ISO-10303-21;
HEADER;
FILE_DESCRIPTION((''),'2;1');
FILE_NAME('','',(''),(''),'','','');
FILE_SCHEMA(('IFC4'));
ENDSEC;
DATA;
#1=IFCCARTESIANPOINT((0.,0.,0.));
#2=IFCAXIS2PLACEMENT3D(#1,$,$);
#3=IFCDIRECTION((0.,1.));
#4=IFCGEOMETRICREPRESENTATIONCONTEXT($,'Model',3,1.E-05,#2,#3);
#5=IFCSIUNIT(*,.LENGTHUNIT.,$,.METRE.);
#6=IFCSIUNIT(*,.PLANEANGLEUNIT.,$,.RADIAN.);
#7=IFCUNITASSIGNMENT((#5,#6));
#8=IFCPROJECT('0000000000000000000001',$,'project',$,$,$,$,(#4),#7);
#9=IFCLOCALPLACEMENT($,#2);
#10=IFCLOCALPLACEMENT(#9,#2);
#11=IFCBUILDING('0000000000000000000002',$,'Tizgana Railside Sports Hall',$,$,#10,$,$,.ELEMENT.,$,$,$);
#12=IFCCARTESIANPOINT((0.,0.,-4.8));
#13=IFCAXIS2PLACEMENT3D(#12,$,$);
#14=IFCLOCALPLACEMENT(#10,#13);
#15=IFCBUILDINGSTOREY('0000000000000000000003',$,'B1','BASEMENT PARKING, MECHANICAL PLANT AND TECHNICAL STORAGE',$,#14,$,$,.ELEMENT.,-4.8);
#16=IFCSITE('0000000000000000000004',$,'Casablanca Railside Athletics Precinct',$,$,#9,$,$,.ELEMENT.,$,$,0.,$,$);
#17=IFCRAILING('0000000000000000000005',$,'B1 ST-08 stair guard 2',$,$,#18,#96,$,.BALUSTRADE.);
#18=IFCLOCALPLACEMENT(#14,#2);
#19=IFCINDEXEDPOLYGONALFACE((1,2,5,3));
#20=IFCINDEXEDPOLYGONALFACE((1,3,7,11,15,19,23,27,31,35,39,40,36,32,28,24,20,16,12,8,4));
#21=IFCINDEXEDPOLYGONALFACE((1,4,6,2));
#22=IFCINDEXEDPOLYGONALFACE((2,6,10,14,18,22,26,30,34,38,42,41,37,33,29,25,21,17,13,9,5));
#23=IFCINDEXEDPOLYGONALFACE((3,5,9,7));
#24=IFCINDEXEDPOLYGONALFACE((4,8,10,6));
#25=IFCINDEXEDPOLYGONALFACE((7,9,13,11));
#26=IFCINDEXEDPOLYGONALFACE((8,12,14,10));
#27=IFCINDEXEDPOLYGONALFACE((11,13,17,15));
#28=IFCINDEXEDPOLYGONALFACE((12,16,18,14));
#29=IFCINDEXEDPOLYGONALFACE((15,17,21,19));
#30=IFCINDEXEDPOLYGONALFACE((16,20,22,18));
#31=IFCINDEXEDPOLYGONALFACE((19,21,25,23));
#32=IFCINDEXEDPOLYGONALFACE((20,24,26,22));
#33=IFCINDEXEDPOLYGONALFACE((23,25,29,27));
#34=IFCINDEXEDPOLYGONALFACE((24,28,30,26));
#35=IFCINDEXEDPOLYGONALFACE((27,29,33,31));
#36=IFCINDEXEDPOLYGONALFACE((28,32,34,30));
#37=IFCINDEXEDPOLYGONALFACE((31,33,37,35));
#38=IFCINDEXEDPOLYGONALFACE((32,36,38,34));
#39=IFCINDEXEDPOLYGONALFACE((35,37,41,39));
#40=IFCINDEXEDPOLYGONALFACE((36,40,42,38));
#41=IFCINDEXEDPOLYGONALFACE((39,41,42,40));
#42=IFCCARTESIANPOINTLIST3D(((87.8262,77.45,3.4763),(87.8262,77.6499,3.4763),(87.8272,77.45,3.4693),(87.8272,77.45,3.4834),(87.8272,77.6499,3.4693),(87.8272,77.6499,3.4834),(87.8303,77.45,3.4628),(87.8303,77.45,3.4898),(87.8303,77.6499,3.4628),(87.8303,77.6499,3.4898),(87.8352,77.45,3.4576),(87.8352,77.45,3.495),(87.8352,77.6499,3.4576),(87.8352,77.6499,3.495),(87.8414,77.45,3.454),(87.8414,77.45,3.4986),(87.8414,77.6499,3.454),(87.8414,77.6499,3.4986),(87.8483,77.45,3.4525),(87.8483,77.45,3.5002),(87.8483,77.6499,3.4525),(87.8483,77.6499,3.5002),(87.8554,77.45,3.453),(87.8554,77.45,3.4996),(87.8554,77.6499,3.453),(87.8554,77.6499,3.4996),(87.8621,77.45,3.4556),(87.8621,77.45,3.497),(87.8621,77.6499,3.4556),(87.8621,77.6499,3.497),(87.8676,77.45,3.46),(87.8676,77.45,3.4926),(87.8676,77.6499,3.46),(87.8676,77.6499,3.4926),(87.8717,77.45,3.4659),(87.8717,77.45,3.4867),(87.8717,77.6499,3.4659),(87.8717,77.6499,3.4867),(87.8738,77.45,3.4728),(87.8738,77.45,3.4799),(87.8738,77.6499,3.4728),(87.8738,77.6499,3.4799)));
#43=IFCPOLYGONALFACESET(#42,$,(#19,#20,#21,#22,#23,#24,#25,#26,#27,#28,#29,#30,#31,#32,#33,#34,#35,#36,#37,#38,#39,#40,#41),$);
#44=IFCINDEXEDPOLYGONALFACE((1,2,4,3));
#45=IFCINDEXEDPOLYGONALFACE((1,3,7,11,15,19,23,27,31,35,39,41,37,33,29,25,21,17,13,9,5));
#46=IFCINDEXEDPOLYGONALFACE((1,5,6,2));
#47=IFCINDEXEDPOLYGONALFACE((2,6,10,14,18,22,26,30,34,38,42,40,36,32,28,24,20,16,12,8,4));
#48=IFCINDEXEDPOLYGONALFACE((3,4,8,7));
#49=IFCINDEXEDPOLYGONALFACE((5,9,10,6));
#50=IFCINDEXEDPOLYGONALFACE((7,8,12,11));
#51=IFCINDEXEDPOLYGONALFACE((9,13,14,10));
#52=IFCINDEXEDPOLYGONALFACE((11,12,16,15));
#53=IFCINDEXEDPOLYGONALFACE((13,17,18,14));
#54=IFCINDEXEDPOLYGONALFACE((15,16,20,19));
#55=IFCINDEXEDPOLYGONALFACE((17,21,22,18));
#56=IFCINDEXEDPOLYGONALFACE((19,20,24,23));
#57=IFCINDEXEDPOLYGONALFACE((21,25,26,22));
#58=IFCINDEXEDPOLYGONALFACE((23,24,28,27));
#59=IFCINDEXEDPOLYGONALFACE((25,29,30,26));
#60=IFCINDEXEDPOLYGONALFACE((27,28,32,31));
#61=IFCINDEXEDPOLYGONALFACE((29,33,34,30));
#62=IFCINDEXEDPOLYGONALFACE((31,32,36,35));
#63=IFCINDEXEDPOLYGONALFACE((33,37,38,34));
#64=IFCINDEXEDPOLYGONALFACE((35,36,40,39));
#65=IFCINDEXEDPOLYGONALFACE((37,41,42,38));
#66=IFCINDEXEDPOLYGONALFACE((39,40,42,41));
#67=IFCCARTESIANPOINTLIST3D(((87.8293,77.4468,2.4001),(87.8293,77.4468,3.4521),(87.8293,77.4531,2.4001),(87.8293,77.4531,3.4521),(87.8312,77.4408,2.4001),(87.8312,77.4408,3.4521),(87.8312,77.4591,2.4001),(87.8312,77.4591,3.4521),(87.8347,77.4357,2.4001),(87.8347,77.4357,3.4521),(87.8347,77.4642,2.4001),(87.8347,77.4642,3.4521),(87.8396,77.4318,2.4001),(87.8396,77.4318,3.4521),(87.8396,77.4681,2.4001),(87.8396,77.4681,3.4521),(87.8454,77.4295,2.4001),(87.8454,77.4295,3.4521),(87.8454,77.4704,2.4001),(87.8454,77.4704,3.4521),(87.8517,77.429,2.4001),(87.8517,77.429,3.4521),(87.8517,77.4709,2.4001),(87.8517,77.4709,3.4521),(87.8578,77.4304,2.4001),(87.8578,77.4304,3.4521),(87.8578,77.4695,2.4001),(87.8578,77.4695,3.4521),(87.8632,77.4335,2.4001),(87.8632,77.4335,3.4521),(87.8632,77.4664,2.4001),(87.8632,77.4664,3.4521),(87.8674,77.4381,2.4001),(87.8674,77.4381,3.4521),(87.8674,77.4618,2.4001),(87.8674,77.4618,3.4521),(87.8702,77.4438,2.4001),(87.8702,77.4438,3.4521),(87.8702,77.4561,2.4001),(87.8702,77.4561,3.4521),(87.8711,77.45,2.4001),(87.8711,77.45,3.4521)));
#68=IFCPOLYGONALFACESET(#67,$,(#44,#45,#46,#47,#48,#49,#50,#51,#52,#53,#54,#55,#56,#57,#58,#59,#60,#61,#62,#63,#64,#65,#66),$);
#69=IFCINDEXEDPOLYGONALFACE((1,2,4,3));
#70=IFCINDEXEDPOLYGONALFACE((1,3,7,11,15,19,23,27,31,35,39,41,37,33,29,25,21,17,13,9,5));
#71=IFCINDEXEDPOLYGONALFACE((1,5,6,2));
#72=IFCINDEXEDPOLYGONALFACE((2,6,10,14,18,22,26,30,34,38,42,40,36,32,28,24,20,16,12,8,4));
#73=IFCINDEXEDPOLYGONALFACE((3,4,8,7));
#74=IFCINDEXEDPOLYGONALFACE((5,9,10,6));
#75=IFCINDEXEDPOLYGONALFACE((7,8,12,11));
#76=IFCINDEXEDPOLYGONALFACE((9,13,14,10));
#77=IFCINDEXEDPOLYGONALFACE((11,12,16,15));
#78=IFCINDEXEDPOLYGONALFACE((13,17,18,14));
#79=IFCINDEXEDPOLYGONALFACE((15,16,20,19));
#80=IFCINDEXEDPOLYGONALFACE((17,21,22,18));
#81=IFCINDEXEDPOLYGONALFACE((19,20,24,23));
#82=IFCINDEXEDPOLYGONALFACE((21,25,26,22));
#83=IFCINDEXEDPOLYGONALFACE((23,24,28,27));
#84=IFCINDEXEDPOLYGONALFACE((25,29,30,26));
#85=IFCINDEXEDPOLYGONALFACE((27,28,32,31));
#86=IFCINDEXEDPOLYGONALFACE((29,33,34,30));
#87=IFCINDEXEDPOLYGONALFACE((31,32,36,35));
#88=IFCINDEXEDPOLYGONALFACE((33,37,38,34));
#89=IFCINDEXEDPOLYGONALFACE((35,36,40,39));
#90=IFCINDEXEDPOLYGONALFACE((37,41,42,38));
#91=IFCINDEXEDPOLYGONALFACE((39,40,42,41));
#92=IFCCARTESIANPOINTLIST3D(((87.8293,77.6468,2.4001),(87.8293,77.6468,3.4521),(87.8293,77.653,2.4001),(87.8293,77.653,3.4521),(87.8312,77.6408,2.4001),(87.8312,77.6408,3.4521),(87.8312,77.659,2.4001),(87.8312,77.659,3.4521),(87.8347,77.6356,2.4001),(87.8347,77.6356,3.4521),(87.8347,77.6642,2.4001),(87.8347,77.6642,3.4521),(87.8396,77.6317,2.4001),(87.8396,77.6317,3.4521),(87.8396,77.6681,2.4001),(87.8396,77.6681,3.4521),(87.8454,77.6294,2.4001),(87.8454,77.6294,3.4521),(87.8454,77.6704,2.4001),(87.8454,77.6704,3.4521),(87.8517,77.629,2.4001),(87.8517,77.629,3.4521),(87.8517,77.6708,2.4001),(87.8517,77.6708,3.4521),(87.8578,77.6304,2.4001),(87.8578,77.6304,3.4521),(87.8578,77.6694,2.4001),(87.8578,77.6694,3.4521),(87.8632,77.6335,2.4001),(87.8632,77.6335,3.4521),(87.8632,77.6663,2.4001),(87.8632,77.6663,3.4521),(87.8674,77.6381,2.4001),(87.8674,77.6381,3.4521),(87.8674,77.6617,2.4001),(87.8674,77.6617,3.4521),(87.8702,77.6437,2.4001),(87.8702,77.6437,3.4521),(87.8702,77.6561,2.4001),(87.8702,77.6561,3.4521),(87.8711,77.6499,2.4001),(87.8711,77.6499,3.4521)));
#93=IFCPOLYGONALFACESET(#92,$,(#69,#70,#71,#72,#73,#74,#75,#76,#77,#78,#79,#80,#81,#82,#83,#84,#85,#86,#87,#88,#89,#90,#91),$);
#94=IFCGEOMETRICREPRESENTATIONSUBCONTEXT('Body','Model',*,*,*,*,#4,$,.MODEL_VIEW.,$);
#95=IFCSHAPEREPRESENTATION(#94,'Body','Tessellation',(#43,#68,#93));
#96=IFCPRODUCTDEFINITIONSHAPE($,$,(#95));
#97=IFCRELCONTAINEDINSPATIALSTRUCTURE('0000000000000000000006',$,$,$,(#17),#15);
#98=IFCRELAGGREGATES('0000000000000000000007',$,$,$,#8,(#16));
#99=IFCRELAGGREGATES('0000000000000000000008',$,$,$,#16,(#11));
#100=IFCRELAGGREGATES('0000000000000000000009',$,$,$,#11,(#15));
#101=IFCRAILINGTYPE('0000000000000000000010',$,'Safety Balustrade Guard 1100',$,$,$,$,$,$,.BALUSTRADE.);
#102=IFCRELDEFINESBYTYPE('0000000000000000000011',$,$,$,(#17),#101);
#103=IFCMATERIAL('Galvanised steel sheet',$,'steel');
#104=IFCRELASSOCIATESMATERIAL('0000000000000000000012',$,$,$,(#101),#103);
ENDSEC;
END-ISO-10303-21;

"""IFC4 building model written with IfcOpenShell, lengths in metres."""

from ifc_helpers import new_model, si_unit, direction, frame, origin, origin_2d, place, context, subcontext, project, spatial, circle, extrude, material, type_object, element, save


model = new_model("IFC4")

# Units and contexts
model_context = context("Model", 3, precision=1e-05, world=origin(), true_north=direction((0.0, 1.0)))
body_context = subcontext(model_context, "Body", "Model", "MODEL_VIEW")
ifc_project = project(units=[si_unit("LENGTHUNIT", "METRE"), si_unit("PLANEANGLEUNIT", "RADIAN")], contexts=[model_context])

# Site, building, storey
site_placement = place(None, origin())
site = spatial("IfcSite", under=ifc_project, at=site_placement, Name="Casablanca Railside Athletics Precinct", CompositionType="ELEMENT", RefElevation=0.0)
building_placement = place(site_placement, origin())
building = spatial("IfcBuilding", under=site, at=building_placement, Name="Tizgana Railside Sports Hall", CompositionType="ELEMENT")
storey_placement = place(building_placement, frame((0.0, 0.0, -4.8)))
storey = spatial("IfcBuildingStorey", under=building, at=storey_placement, Name="B1", Description="BASEMENT PARKING, MECHANICAL PLANT AND TECHNICAL STORAGE", CompositionType="ELEMENT", Elevation=-4.8)

# Railing
ifc_material_1 = material(Name="Galvanised steel sheet", Category="steel")
railing_type_1 = type_object("IfcRailingType", Name="Safety Balustrade Guard 1100", PredefinedType="BALUSTRADE", material=ifc_material_1)
railing_1_placement = place(storey_placement, frame((87.8501, 77.45, 2.4001)))
element("IfcRailing", 1, at=railing_1_placement, inside=storey, type_object=railing_type_1, Name="B1 ST-08 stair guard 2", PredefinedType="BALUSTRADE", context=body_context, shape_type="SweptSolid", body=[
    extrude(circle(Radius=0.0239, at=origin_2d()), frame((0.0, 0.0, 1.0762), z_axis=(0.0, 1.0, 0.0), x_axis=(-1.0, 0.0, 0.0)), (0.0, 0.0, 1.0), 0.2),
    extrude(circle(Radius=0.021, at=origin_2d()), origin(), (0.0, 0.0, 1.0), 1.052),
    extrude(circle(Radius=0.021, at=origin_2d()), frame((0.0, 0.2, 0.0)), (0.0, 0.0, 1.0), 1.052),
])

save(model, "model.ifc")
